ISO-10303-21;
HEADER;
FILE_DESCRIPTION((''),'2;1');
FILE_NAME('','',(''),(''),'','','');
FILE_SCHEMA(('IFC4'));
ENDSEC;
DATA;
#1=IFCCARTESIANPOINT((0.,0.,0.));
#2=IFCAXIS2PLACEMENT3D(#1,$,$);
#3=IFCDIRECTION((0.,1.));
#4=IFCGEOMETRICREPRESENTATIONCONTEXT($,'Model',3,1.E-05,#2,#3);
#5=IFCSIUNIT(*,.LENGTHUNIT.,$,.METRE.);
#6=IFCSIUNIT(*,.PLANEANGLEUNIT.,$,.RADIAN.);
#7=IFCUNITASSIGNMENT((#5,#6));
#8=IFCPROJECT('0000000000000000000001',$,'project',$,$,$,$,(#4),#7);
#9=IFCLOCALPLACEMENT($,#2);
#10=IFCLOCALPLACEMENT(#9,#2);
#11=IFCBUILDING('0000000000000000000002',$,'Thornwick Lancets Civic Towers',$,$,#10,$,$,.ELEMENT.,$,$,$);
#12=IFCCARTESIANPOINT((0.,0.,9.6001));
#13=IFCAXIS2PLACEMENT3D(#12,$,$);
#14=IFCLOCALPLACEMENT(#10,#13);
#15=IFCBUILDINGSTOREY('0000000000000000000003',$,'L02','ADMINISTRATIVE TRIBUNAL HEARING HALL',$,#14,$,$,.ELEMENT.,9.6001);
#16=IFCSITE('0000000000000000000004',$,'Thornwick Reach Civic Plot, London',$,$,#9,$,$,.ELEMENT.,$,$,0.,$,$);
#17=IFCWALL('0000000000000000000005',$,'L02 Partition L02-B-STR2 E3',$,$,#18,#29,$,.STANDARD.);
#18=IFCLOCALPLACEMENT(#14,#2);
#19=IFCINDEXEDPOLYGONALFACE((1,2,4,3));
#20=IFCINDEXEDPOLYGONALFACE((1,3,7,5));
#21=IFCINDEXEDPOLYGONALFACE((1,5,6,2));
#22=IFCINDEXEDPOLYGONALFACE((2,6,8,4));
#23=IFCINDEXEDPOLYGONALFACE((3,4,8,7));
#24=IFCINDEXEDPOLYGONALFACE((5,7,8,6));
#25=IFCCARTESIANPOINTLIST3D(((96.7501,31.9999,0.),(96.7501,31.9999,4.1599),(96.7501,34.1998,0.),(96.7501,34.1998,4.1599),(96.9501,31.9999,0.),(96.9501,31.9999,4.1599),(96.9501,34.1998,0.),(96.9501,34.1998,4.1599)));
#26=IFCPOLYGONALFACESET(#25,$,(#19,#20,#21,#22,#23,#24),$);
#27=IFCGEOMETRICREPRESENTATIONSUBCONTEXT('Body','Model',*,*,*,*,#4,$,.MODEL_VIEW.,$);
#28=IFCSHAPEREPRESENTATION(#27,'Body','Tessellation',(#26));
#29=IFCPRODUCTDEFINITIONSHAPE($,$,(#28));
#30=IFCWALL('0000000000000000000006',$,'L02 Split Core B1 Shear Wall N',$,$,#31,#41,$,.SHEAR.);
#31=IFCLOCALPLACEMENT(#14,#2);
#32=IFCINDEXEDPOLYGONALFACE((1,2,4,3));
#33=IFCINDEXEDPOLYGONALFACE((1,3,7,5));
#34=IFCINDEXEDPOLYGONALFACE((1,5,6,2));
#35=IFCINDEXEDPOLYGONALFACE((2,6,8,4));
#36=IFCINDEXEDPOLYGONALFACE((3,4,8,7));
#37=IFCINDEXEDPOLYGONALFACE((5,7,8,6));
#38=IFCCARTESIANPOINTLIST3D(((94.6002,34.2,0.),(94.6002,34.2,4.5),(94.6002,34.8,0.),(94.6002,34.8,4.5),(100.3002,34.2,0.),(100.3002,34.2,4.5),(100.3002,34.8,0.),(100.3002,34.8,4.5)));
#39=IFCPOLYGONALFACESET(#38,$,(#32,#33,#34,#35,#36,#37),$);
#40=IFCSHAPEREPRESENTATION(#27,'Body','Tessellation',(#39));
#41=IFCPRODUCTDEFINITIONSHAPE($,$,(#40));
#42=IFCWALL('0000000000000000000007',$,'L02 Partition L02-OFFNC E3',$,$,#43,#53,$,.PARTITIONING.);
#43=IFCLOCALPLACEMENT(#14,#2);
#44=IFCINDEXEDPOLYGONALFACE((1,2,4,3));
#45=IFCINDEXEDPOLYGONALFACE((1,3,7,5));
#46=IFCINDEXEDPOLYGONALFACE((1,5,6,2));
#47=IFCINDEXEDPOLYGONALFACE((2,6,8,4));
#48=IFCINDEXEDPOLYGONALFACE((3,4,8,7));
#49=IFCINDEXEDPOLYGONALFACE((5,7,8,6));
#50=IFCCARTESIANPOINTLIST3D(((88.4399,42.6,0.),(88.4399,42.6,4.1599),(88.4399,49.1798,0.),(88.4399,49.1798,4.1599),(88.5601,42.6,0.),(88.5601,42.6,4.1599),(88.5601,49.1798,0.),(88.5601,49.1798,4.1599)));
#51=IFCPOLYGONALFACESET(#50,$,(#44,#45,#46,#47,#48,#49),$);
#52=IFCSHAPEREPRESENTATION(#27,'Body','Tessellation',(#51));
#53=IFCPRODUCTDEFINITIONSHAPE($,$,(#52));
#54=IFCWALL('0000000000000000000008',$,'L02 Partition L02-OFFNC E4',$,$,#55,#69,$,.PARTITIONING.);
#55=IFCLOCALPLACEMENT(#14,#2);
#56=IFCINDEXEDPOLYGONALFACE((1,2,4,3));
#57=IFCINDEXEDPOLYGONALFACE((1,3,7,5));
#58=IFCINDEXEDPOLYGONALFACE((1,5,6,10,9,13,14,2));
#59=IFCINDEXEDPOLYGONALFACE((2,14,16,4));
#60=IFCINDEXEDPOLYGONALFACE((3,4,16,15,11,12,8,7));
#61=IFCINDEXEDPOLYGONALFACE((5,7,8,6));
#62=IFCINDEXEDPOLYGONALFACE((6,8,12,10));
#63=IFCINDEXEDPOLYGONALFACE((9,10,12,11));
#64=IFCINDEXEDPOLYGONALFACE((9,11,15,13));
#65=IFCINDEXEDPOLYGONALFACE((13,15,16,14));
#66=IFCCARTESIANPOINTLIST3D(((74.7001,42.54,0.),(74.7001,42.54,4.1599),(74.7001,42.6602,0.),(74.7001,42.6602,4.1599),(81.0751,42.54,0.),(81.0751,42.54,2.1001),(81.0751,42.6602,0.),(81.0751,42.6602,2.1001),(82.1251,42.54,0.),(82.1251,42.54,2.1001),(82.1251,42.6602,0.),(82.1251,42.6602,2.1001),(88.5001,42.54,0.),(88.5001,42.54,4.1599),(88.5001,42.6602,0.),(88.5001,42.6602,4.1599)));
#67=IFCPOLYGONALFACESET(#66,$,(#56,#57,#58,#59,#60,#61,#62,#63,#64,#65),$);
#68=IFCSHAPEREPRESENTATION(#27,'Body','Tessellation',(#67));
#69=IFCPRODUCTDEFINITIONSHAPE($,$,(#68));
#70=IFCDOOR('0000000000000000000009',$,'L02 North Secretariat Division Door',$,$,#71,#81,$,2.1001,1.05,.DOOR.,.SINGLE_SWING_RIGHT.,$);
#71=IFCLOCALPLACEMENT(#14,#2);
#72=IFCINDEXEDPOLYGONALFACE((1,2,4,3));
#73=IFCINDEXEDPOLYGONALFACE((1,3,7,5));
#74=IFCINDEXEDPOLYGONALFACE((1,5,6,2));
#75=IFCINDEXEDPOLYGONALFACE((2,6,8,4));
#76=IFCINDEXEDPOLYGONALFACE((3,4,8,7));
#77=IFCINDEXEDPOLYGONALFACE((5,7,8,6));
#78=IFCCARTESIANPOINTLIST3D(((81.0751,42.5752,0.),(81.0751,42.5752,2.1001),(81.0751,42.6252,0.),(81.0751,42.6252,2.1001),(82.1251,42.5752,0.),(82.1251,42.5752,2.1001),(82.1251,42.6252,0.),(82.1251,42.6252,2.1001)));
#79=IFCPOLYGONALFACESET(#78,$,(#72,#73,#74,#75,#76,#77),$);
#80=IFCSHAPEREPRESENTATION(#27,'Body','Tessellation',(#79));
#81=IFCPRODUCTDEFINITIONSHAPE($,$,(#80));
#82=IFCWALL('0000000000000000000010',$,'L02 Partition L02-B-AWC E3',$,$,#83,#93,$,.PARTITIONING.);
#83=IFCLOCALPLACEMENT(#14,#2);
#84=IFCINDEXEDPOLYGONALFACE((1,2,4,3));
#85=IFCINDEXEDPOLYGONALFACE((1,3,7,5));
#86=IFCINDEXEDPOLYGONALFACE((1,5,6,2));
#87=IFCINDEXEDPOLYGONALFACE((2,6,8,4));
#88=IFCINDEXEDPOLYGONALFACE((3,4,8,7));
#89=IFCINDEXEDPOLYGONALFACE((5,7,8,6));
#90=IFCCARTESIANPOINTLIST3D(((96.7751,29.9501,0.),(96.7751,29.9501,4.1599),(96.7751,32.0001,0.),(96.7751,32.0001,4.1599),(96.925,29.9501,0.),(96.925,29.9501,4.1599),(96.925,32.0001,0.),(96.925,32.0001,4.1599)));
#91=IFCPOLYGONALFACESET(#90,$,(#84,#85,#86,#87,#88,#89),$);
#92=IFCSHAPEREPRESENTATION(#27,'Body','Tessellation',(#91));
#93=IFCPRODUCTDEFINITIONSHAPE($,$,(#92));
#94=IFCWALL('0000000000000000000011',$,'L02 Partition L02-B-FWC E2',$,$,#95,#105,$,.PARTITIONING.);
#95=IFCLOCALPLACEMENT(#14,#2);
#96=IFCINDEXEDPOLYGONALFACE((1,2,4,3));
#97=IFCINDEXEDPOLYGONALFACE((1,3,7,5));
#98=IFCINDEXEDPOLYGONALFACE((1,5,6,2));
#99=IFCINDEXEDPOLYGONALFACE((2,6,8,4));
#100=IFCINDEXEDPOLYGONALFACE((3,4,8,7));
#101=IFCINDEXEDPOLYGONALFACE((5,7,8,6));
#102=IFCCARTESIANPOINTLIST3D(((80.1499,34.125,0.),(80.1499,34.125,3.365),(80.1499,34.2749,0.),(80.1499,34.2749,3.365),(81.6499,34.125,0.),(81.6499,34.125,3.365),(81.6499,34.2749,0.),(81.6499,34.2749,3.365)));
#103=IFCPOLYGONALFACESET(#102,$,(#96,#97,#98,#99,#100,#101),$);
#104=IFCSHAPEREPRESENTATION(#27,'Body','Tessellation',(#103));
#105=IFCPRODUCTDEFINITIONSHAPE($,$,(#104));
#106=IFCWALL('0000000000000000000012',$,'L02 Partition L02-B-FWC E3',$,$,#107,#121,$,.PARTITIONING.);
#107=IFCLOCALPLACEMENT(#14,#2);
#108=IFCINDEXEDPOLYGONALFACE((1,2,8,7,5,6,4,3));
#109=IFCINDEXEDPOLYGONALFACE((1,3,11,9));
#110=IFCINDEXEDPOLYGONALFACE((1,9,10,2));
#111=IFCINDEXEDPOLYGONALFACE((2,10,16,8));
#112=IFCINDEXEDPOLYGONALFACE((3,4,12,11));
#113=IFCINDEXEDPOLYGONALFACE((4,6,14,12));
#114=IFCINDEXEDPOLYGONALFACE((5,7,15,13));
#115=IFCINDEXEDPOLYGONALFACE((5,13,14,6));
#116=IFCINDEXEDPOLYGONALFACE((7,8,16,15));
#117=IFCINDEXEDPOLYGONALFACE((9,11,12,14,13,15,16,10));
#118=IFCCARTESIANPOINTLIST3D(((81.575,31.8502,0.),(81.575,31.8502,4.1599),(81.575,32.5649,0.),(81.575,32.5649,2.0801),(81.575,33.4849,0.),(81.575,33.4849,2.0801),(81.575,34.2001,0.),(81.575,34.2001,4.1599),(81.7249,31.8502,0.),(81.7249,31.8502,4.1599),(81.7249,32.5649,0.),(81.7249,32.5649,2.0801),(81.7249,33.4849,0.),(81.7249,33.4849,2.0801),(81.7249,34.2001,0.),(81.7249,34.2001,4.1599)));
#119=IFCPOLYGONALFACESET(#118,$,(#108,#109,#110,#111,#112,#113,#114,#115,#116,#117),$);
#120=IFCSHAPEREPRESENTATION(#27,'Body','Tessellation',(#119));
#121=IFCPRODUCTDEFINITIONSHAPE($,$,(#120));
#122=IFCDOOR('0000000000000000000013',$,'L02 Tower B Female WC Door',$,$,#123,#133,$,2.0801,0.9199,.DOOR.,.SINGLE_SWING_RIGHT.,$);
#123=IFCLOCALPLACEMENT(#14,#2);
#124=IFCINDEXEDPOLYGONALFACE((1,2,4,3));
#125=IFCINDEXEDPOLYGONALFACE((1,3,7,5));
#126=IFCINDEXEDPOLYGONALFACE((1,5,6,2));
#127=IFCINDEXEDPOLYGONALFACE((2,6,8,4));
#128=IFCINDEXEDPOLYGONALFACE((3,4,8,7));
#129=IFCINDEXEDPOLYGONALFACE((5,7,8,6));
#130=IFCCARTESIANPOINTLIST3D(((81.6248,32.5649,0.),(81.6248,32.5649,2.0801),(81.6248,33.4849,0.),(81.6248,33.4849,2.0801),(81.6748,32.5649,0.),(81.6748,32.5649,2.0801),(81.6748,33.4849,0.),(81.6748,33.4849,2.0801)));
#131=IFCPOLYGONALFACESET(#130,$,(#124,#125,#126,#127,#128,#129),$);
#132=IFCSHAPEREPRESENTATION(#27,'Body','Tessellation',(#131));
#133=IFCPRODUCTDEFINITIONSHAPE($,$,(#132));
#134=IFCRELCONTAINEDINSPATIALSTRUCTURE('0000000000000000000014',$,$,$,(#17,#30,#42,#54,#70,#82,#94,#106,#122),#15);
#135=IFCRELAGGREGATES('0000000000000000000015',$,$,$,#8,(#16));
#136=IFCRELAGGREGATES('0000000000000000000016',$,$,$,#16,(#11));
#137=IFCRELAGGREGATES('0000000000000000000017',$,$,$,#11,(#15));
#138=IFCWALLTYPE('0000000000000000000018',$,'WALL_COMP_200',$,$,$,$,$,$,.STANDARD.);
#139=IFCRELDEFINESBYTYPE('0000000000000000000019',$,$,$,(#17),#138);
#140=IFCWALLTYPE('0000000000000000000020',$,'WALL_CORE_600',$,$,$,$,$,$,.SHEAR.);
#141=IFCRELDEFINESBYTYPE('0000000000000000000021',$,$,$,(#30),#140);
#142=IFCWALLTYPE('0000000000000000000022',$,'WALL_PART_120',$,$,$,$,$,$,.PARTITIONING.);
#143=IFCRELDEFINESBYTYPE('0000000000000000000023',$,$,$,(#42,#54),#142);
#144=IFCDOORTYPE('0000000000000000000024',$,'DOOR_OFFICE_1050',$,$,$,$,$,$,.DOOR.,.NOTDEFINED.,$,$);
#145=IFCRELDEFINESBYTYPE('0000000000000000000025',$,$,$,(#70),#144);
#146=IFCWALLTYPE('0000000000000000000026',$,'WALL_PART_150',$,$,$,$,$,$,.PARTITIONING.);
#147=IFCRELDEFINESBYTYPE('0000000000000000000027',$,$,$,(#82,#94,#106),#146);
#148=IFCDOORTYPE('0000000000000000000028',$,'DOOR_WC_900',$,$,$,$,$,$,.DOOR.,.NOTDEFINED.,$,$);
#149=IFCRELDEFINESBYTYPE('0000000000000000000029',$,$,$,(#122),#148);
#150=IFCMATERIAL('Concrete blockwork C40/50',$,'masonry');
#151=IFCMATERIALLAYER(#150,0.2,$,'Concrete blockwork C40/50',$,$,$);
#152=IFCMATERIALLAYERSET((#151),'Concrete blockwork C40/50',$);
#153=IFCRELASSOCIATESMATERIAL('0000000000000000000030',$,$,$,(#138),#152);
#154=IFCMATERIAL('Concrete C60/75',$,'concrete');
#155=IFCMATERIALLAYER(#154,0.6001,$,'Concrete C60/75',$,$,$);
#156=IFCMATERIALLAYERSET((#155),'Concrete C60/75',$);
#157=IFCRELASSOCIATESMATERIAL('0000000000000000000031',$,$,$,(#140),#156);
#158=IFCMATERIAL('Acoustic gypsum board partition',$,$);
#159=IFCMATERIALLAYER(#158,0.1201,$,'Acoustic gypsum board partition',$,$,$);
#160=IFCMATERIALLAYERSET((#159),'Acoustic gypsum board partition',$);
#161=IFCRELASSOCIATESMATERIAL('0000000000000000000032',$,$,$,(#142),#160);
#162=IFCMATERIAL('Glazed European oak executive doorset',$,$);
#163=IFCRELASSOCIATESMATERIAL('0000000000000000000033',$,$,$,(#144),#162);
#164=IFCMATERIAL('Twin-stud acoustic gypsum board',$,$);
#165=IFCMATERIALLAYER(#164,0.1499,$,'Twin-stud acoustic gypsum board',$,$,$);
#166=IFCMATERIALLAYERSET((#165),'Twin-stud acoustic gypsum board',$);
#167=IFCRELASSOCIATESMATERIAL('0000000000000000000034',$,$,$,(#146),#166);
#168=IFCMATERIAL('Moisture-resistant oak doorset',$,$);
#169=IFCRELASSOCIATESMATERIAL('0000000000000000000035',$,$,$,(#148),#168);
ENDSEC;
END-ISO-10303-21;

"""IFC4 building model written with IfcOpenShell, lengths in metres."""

from ifc_helpers import new_model, si_unit, direction, frame, frame_2d, origin, place, context, subcontext, project, spatial, rectangle, extrude, material, layer, layer_set, type_object, element, fill, save


model = new_model("IFC4")

# Units and contexts
model_context = context("Model", 3, precision=1e-05, world=origin(), true_north=direction((0.0, 1.0)))
body_context = subcontext(model_context, "Body", "Model", "MODEL_VIEW")
ifc_project = project(units=[si_unit("LENGTHUNIT", "METRE"), si_unit("PLANEANGLEUNIT", "RADIAN")], contexts=[model_context])

# Site, building, storey
site_placement = place(None, origin())
site = spatial("IfcSite", under=ifc_project, at=site_placement, Name="Thornwick Reach Civic Plot, London", CompositionType="ELEMENT", RefElevation=0.0)
building_placement = place(site_placement, origin())
building = spatial("IfcBuilding", under=site, at=building_placement, Name="Thornwick Lancets Civic Towers", CompositionType="ELEMENT")
storey_placement = place(building_placement, frame((0.0, 0.0, 9.6001)))
storey = spatial("IfcBuildingStorey", under=building, at=storey_placement, Name="L02", Description="ADMINISTRATIVE TRIBUNAL HEARING HALL", CompositionType="ELEMENT", Elevation=9.6001)

# Shared definitions
ifc_material_1 = material(Name="Concrete C60/75", Category="concrete")

# Shared definitions
ifc_material_2 = material(Name="Concrete blockwork C40/50", Category="masonry")
ifc_layer_1 = layer(ifc_material_2, 0.2, Name="Concrete blockwork C40/50")
ifc_layer_set_1 = layer_set([ifc_layer_1], Name="Concrete blockwork C40/50")
wall_type_1 = type_object("IfcWallType", Name="WALL_COMP_200", PredefinedType="STANDARD", material=ifc_layer_set_1)

# Walls
wall_1_placement = place(storey_placement, frame((96.8501, 34.2, 0.0), z_axis=(0.0, 0.0, 1.0), x_axis=(0.0, -1.0, 0.0)))
element("IfcWall", 1, at=wall_1_placement, inside=storey, type_object=wall_type_1, Name="L02 Partition L02-B-STR2 E3", PredefinedType="STANDARD", context=body_context, shape_type="SweptSolid", body=[
    extrude(rectangle(XDim=2.2, YDim=0.2, at=frame_2d((1.1001, 0.0))), origin(), (0.0, 0.0, 1.0), 4.1599),
])
ifc_layer_2 = layer(ifc_material_1, 0.6001, Name="Concrete C60/75")
ifc_layer_set_2 = layer_set([ifc_layer_2], Name="Concrete C60/75")
wall_type_2 = type_object("IfcWallType", Name="WALL_CORE_600", PredefinedType="SHEAR", material=ifc_layer_set_2)
wall_2_placement = place(storey_placement, frame((94.6001, 34.5, 0.0), z_axis=(0.0, 0.0, 1.0), x_axis=(1.0, 0.0, 0.0)))
element("IfcWall", 2, at=wall_2_placement, inside=storey, type_object=wall_type_2, Name="L02 Split Core B1 Shear Wall N", PredefinedType="SHEAR", context=body_context, shape_type="SweptSolid", body=[
    extrude(rectangle(XDim=5.7, YDim=0.6001, at=frame_2d((2.8501, 0.0))), origin(), (0.0, 0.0, 1.0), 4.5),
])
ifc_material_3 = material(Name="Acoustic gypsum board partition")
ifc_layer_3 = layer(ifc_material_3, 0.1201, Name="Acoustic gypsum board partition")
ifc_layer_set_3 = layer_set([ifc_layer_3], Name="Acoustic gypsum board partition")
wall_type_3 = type_object("IfcWallType", Name="WALL_PART_120", PredefinedType="PARTITIONING", material=ifc_layer_set_3)
wall_3_placement = place(storey_placement, frame((88.5, 49.1799, 0.0), z_axis=(0.0, 0.0, 1.0), x_axis=(0.0, -1.0, 0.0)))
element("IfcWall", 3, at=wall_3_placement, inside=storey, type_object=wall_type_3, Name="L02 Partition L02-OFFNC E3", PredefinedType="PARTITIONING", context=body_context, shape_type="SweptSolid", body=[
    extrude(rectangle(XDim=6.5798, YDim=0.1201, at=frame_2d((3.29, 0.0))), origin(), (0.0, 0.0, 1.0), 4.1599),
])

# Wall, opening, door
wall_4_placement = place(storey_placement, frame((88.5, 42.6001, 0.0), z_axis=(0.0, 0.0, 1.0), x_axis=(-1.0, 0.0, 0.0)))
wall_4 = element("IfcWall", 4, at=wall_4_placement, inside=storey, type_object=wall_type_3, Name="L02 Partition L02-OFFNC E4", PredefinedType="PARTITIONING", context=body_context, shape_type="SweptSolid", body=[
    extrude(rectangle(XDim=13.8, YDim=0.1201, at=frame_2d((6.8999, 0.0))), origin(), (0.0, 0.0, 1.0), 4.1599),
])
opening_1_placement = place(wall_4_placement, frame((6.375, 0.0, 0.0)))
opening_1 = element("IfcOpeningElement", 5, at=opening_1_placement, cuts=wall_4, PredefinedType="OPENING", context=body_context, shape_type="SweptSolid", body=[
    extrude(rectangle(XDim=1.05, YDim=2.1001, at=frame_2d((0.5249, 1.05))), frame((0.0, 0.0701, 0.0), z_axis=(0.0, -1.0, 0.0), x_axis=(1.0, 0.0, 0.0)), (0.0, 0.0, 1.0), 0.1401),
])
ifc_material_4 = material(Name="Glazed European oak executive doorset")
door_type_1 = type_object("IfcDoorType", Name="DOOR_OFFICE_1050", OperationType="NOTDEFINED", PredefinedType="DOOR", material=ifc_material_4)
door_1_placement = place(opening_1_placement, origin())
door_1 = element("IfcDoor", 6, at=door_1_placement, inside=storey, type_object=door_type_1, Name="L02 North Secretariat Division Door", OperationType="SINGLE_SWING_RIGHT", OverallHeight=2.1001, OverallWidth=1.05, PredefinedType="DOOR", context=body_context, shape_type="SweptSolid", body=[
    extrude(rectangle(XDim=1.05, YDim=2.1001, at=frame_2d((0.5249, 1.05))), frame((0.0, 0.0249, 0.0), z_axis=(0.0, -1.0, 0.0), x_axis=(1.0, 0.0, 0.0)), (0.0, 0.0, 1.0), 0.05),
])
fill(opening_1, door_1)

# Walls
ifc_material_5 = material(Name="Twin-stud acoustic gypsum board")
ifc_layer_4 = layer(ifc_material_5, 0.1499, Name="Twin-stud acoustic gypsum board")
ifc_layer_set_4 = layer_set([ifc_layer_4], Name="Twin-stud acoustic gypsum board")
wall_type_4 = type_object("IfcWallType", Name="WALL_PART_150", PredefinedType="PARTITIONING", material=ifc_layer_set_4)
wall_5_placement = place(storey_placement, frame((96.8501, 32.0, 0.0), z_axis=(0.0, 0.0, 1.0), x_axis=(0.0, -1.0, 0.0)))
element("IfcWall", 7, at=wall_5_placement, inside=storey, type_object=wall_type_4, Name="L02 Partition L02-B-AWC E3", PredefinedType="PARTITIONING", context=body_context, shape_type="SweptSolid", body=[
    extrude(rectangle(XDim=2.05, YDim=0.1499, at=frame_2d((1.0249, 0.0))), origin(), (0.0, 0.0, 1.0), 4.1599),
])
wall_6_placement = place(storey_placement, frame((80.1499, 34.2, 0.0), z_axis=(0.0, 0.0, 1.0), x_axis=(1.0, 0.0, 0.0)))
element("IfcWall", 8, at=wall_6_placement, inside=storey, type_object=wall_type_4, Name="L02 Partition L02-B-FWC E2", PredefinedType="PARTITIONING", context=body_context, shape_type="SweptSolid", body=[
    extrude(rectangle(XDim=1.5, YDim=0.1499, at=frame_2d((0.75, 0.0))), origin(), (0.0, 0.0, 1.0), 3.365),
])

# Wall, opening, door
wall_7_placement = place(storey_placement, frame((81.6499, 34.2, 0.0), z_axis=(0.0, 0.0, 1.0), x_axis=(0.0, -1.0, 0.0)))
wall_7 = element("IfcWall", 9, at=wall_7_placement, inside=storey, type_object=wall_type_4, Name="L02 Partition L02-B-FWC E3", PredefinedType="PARTITIONING", context=body_context, shape_type="SweptSolid", body=[
    extrude(rectangle(XDim=2.3499, YDim=0.1499, at=frame_2d((1.1748, 0.0))), origin(), (0.0, 0.0, 1.0), 4.1599),
])
opening_2_placement = place(wall_7_placement, frame((0.7151, 0.0, 0.0)))
opening_2 = element("IfcOpeningElement", 10, at=opening_2_placement, cuts=wall_7, PredefinedType="OPENING", context=body_context, shape_type="SweptSolid", body=[
    extrude(rectangle(XDim=0.9199, YDim=2.0801, at=frame_2d((0.46, 1.04))), frame((0.0, 0.085, 0.0), z_axis=(0.0, -1.0, 0.0), x_axis=(1.0, 0.0, 0.0)), (0.0, 0.0, 1.0), 0.1699),
])
ifc_material_6 = material(Name="Moisture-resistant oak doorset")
door_type_2 = type_object("IfcDoorType", Name="DOOR_WC_900", OperationType="NOTDEFINED", PredefinedType="DOOR", material=ifc_material_6)
door_2_placement = place(opening_2_placement, origin())
door_2 = element("IfcDoor", 11, at=door_2_placement, inside=storey, type_object=door_type_2, Name="L02 Tower B Female WC Door", OperationType="SINGLE_SWING_RIGHT", OverallHeight=2.0801, OverallWidth=0.9199, PredefinedType="DOOR", context=body_context, shape_type="SweptSolid", body=[
    extrude(rectangle(XDim=0.9199, YDim=2.0801, at=frame_2d((0.46, 1.04))), frame((0.0, 0.0249, 0.0), z_axis=(0.0, -1.0, 0.0), x_axis=(1.0, 0.0, 0.0)), (0.0, 0.0, 1.0), 0.05),
])
fill(opening_2, door_2)

save(model, "model.ifc")
